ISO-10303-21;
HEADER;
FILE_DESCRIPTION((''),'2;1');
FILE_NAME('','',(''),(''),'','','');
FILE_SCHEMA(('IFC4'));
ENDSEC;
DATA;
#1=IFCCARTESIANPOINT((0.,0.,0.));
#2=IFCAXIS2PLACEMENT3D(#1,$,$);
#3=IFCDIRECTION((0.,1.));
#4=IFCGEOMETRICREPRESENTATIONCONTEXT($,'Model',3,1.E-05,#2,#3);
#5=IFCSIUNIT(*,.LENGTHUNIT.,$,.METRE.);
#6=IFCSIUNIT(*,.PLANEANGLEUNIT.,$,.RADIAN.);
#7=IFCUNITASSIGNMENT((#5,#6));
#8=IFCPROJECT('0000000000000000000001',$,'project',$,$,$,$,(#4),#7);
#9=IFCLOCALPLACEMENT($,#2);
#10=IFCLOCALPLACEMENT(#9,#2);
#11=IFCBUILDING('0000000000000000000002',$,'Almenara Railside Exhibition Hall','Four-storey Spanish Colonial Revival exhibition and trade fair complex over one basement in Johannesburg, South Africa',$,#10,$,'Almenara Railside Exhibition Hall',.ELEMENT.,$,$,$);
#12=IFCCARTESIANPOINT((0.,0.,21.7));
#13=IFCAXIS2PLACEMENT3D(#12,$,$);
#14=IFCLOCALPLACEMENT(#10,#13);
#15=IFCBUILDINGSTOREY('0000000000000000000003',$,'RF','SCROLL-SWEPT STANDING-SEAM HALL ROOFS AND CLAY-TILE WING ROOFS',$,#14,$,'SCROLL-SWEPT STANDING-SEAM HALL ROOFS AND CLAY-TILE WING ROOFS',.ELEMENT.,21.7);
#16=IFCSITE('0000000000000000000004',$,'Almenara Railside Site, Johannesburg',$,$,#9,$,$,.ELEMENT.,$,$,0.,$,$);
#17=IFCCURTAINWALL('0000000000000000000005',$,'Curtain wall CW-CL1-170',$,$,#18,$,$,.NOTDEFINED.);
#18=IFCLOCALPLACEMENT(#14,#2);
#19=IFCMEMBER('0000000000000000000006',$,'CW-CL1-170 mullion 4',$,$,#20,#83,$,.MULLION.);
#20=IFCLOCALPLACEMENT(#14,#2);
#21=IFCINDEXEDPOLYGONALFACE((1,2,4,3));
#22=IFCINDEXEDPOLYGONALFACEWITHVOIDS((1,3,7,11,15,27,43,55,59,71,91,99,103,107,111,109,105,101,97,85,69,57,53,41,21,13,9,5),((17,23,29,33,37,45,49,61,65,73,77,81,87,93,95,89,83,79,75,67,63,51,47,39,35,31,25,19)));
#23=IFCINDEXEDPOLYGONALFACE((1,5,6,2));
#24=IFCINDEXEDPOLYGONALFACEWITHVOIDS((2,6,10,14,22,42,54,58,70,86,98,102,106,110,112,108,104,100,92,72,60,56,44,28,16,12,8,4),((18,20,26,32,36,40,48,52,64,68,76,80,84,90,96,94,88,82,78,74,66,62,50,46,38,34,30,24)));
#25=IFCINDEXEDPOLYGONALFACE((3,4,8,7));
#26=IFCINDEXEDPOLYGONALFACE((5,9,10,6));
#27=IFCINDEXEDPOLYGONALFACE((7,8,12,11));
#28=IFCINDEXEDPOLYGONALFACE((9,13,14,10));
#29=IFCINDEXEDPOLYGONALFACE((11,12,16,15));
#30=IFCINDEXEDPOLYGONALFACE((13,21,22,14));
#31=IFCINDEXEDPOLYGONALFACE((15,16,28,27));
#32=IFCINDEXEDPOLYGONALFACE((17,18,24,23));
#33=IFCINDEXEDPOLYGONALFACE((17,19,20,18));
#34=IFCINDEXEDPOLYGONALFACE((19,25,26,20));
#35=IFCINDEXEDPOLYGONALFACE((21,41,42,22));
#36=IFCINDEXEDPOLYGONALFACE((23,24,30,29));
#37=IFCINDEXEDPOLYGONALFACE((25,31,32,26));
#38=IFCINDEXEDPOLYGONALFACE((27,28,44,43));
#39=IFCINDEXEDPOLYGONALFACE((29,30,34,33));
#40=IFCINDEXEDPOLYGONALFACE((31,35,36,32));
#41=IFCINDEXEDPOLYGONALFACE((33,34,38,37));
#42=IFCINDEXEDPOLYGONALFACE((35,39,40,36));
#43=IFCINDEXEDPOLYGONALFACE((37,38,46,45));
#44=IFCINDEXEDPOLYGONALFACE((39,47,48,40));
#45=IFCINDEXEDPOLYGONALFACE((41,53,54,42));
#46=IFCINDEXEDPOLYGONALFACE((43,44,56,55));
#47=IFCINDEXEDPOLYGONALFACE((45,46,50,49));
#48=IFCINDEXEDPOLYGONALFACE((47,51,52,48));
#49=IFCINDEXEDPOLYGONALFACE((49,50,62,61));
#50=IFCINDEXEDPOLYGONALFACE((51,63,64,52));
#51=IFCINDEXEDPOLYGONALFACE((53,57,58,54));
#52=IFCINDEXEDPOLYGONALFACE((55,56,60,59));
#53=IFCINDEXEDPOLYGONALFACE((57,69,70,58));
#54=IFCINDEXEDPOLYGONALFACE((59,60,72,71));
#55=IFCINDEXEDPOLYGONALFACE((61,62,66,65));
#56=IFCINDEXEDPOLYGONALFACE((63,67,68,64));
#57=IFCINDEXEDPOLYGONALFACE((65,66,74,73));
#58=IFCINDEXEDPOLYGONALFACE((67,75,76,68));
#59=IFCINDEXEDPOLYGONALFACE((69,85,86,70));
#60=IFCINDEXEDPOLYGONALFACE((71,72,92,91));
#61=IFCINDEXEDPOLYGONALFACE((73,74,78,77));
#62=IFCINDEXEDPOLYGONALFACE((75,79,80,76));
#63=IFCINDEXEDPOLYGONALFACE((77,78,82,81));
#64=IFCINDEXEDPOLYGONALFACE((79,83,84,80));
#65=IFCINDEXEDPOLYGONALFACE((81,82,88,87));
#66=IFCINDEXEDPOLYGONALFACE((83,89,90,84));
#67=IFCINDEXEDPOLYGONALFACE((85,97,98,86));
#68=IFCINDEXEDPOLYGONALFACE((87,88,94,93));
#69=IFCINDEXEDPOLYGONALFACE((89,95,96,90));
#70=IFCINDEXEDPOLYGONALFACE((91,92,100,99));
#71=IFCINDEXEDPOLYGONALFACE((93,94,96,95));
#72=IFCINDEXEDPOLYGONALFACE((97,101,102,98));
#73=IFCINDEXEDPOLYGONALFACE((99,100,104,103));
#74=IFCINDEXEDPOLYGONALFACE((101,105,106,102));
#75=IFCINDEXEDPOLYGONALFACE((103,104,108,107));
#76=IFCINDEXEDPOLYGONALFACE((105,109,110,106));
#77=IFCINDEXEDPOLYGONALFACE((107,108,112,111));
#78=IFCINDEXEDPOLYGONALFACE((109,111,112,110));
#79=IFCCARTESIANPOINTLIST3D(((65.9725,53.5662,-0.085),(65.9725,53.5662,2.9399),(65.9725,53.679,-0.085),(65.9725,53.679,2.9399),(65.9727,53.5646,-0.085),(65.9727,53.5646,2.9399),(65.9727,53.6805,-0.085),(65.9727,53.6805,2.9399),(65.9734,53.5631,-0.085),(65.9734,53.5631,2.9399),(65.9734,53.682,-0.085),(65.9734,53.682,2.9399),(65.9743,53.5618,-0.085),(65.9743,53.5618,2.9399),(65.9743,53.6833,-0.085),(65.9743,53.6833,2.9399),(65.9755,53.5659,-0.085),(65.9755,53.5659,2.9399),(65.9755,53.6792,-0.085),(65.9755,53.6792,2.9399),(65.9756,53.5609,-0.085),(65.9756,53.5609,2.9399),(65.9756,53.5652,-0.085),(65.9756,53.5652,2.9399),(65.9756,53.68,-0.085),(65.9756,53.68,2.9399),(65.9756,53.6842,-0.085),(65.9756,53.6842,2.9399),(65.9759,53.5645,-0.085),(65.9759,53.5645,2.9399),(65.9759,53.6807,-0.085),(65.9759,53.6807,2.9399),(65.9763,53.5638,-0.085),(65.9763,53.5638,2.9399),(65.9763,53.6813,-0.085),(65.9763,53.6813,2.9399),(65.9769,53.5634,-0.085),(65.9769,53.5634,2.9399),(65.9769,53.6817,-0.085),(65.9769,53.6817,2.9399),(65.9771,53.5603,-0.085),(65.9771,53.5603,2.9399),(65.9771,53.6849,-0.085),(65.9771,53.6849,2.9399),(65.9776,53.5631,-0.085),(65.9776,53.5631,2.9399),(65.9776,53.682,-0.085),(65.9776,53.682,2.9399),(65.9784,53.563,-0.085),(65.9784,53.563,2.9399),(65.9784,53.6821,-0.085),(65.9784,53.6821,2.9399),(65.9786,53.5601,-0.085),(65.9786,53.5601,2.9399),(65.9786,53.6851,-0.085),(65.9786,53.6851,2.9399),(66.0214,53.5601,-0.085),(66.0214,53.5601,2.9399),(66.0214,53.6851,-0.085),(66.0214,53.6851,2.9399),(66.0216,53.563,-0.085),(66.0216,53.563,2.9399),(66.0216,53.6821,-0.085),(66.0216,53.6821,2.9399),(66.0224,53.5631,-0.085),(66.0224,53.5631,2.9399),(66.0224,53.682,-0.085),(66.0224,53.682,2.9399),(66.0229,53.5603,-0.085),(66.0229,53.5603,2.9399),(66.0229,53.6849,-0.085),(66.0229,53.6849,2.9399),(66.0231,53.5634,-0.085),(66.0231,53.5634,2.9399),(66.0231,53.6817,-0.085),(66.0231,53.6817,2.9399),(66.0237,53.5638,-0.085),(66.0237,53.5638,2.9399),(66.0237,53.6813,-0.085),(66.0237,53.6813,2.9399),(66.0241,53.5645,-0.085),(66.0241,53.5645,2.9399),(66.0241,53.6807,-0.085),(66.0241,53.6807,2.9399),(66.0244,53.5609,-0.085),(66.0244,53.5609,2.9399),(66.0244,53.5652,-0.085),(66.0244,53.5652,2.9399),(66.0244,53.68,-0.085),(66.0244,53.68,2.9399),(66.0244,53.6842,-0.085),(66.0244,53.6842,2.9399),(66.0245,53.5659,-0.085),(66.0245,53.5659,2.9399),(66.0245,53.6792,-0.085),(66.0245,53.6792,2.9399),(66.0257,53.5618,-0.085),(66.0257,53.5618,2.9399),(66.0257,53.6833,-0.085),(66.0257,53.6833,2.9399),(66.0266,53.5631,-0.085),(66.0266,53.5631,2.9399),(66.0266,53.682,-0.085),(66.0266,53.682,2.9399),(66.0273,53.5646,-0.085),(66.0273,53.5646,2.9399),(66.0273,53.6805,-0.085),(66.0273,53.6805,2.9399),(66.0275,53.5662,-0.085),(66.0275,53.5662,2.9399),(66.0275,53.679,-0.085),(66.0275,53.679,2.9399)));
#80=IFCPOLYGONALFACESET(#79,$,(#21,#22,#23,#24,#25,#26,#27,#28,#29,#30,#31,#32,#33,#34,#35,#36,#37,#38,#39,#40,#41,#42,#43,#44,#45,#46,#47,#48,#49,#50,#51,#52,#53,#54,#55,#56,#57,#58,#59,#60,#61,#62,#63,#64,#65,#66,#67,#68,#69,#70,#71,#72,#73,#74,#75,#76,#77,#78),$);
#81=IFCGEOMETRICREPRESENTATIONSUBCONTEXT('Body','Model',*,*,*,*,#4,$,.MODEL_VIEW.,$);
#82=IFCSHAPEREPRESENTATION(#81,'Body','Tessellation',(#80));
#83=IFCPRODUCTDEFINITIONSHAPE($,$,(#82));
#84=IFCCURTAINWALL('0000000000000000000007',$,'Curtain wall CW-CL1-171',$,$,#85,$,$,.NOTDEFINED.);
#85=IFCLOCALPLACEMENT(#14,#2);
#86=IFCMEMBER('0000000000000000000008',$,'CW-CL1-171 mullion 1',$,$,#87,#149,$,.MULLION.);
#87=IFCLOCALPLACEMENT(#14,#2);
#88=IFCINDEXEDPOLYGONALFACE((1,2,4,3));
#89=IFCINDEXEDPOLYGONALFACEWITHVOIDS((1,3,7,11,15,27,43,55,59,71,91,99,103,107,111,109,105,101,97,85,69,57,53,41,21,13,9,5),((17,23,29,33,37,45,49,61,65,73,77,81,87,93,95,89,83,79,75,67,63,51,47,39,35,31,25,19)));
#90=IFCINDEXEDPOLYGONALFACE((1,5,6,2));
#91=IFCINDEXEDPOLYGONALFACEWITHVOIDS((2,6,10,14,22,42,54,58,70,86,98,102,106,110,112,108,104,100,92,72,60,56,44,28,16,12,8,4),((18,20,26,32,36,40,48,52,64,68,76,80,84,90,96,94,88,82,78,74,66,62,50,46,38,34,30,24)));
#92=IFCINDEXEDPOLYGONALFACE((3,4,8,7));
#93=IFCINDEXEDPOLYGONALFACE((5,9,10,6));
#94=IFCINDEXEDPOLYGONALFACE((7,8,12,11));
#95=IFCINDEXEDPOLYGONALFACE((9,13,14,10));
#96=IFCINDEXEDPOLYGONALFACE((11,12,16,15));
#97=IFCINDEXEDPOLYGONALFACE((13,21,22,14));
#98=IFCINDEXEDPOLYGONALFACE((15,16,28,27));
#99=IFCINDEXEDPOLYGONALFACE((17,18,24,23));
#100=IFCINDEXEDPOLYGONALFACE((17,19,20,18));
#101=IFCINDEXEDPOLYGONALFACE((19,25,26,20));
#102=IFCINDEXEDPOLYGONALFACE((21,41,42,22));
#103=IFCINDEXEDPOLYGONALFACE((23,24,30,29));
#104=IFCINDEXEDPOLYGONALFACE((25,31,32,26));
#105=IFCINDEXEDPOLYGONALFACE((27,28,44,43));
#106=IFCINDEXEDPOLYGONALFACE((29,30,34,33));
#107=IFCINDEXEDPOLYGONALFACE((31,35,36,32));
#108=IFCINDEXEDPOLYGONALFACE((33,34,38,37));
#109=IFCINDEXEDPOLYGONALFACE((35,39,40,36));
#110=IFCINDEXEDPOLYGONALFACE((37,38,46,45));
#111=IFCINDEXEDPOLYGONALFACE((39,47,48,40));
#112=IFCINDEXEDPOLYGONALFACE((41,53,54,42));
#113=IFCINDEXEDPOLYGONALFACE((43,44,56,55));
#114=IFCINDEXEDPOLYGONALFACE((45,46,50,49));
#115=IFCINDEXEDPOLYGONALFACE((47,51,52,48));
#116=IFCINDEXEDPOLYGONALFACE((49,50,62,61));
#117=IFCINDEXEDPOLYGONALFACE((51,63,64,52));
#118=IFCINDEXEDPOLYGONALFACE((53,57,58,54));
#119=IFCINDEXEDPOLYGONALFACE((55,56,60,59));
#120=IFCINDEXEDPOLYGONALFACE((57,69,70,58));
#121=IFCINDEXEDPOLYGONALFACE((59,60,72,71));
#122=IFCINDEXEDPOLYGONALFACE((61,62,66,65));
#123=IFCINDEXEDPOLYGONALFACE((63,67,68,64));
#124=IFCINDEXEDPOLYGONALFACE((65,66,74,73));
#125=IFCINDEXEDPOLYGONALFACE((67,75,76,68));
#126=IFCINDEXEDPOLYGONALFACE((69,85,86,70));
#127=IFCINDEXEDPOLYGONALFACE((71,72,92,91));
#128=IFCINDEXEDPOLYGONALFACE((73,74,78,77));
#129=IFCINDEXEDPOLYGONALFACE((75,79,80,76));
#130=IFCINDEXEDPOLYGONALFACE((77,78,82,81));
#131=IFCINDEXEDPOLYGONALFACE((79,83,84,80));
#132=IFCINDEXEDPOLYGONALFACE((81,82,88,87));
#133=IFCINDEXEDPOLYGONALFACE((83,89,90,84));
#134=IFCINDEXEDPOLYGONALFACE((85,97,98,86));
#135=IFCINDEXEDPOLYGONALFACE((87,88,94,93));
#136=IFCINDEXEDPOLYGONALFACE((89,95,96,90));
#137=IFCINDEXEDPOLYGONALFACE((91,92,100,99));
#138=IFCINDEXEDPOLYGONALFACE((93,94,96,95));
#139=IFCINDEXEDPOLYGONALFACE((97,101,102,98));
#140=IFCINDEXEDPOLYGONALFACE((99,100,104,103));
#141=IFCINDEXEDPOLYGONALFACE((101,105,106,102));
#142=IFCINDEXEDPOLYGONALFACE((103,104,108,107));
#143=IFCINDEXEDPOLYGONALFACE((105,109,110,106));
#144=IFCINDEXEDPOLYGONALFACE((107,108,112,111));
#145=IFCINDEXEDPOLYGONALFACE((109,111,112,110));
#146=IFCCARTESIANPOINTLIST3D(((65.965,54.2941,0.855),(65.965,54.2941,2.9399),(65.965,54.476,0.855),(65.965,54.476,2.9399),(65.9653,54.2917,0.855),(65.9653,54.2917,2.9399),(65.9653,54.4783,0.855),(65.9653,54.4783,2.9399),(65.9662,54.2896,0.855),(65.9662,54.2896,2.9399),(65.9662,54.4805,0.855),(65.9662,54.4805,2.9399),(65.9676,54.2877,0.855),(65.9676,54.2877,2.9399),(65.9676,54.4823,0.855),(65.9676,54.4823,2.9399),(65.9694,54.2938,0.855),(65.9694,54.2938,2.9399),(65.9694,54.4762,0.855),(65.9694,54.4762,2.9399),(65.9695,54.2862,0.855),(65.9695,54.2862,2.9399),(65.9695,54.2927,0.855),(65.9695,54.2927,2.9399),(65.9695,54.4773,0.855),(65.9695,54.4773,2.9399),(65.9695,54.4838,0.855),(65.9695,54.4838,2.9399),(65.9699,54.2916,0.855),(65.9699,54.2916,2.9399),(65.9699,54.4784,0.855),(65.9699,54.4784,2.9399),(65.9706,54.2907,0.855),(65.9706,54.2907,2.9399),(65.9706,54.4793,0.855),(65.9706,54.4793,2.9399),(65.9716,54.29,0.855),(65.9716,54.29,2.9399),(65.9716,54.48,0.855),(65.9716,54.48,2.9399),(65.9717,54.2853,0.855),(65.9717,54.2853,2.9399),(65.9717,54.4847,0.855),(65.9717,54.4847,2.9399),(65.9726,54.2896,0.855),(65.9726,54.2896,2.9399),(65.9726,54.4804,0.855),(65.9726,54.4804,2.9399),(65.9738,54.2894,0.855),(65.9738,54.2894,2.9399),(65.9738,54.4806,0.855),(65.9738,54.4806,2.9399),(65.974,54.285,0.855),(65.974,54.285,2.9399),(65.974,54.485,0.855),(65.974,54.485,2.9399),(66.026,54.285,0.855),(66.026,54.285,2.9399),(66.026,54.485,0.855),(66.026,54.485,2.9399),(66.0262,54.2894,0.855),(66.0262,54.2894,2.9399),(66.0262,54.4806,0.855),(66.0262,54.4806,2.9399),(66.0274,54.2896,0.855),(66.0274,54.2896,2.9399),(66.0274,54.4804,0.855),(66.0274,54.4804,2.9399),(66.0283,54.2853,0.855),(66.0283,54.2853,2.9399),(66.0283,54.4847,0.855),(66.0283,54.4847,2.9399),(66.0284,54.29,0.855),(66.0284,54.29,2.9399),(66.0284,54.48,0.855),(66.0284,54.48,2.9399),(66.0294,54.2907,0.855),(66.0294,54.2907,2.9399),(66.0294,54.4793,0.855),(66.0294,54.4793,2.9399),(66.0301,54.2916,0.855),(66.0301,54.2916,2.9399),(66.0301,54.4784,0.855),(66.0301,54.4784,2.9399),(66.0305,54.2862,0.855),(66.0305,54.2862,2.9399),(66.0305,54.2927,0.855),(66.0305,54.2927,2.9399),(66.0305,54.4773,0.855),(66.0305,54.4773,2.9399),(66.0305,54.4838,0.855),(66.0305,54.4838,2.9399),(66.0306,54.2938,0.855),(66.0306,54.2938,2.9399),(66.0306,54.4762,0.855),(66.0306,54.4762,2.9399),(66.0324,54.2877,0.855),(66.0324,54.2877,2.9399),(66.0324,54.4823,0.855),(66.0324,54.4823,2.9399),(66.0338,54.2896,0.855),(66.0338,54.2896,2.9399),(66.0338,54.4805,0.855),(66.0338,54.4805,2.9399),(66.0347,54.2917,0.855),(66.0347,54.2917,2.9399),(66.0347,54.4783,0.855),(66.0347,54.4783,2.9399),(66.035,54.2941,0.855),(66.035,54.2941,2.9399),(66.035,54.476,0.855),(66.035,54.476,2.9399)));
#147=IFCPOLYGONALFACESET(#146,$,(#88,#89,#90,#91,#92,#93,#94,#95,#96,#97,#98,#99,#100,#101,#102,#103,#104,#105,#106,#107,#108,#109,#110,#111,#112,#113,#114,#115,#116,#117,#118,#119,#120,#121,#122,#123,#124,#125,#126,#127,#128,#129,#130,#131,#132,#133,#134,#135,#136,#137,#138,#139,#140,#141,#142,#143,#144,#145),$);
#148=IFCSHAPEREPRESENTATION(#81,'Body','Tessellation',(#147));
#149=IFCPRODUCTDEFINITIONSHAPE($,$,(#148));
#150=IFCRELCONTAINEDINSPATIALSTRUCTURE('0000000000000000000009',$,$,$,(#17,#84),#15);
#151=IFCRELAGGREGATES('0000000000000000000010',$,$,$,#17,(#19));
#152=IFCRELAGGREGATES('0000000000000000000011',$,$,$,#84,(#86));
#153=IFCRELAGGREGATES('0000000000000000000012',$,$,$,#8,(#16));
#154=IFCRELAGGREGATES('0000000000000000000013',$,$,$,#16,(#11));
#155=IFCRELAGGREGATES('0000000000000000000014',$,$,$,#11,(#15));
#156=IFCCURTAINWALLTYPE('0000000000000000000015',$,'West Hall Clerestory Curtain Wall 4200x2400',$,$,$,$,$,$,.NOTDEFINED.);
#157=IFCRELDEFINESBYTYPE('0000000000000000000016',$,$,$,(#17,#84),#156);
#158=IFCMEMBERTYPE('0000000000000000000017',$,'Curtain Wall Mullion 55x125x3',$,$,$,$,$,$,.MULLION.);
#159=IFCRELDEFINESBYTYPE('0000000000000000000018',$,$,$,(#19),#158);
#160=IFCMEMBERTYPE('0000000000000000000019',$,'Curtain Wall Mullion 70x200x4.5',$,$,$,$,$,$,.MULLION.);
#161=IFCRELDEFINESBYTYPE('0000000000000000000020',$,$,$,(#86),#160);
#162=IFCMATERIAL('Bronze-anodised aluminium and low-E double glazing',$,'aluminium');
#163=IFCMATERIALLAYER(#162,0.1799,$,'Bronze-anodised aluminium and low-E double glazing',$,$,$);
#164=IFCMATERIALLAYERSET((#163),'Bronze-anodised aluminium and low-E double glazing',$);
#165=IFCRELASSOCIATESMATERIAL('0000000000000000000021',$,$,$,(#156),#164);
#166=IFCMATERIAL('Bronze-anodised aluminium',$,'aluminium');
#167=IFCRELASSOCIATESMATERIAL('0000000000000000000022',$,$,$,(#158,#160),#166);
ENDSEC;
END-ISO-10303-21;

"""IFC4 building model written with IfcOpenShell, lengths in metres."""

from ifc_helpers import new_model, si_unit, direction, frame, origin, origin_2d, place, context, subcontext, project, spatial, hollow_rectangle, extrude, material, layer, layer_set, material_profile, profile_set, type_object, element, aggregate, save


model = new_model("IFC4")

# Units and contexts
model_context = context("Model", 3, precision=1e-05, world=origin(), true_north=direction((0.0, 1.0)))
body_context = subcontext(model_context, "Body", "Model", "MODEL_VIEW")
ifc_project = project(units=[si_unit("LENGTHUNIT", "METRE"), si_unit("PLANEANGLEUNIT", "RADIAN")], contexts=[model_context])

# Site, building, storey
site_placement = place(None, origin())
site = spatial("IfcSite", under=ifc_project, at=site_placement, Name="Almenara Railside Site, Johannesburg", CompositionType="ELEMENT", RefElevation=0.0)
building_placement = place(site_placement, origin())
building = spatial("IfcBuilding", under=site, at=building_placement, Name="Almenara Railside Exhibition Hall", Description="Four-storey Spanish Colonial Revival exhibition and trade fair complex over one basement in Johannesburg, South Africa", LongName="Almenara Railside Exhibition Hall", CompositionType="ELEMENT")
storey_placement = place(building_placement, frame((0.0, 0.0, 21.7)))
storey = spatial("IfcBuildingStorey", under=building, at=storey_placement, Name="RF", Description="SCROLL-SWEPT STANDING-SEAM HALL ROOFS AND CLAY-TILE WING ROOFS", LongName="SCROLL-SWEPT STANDING-SEAM HALL ROOFS AND CLAY-TILE WING ROOFS", CompositionType="ELEMENT", Elevation=21.7)

# Curtain walls, members
ifc_material_1 = material(Name="Bronze-anodised aluminium and low-E double glazing", Category="aluminium")
ifc_layer_1 = layer(ifc_material_1, 0.1799, Name="Bronze-anodised aluminium and low-E double glazing")
ifc_layer_set_1 = layer_set([ifc_layer_1], Name="Bronze-anodised aluminium and low-E double glazing")
curtain_wall_type = type_object("IfcCurtainWallType", Name="West Hall Clerestory Curtain Wall 4200x2400", PredefinedType="NOTDEFINED", material=ifc_layer_set_1)
curtain_wall_1_placement = place(storey_placement, origin())
curtain_wall_1 = element("IfcCurtainWall", 1, at=curtain_wall_1_placement, inside=storey, type_object=curtain_wall_type, Name="Curtain wall CW-CL1-170", PredefinedType="NOTDEFINED")
ifc_material_2 = material(Name="Bronze-anodised aluminium", Category="aluminium")
ifc_material_profile_1 = material_profile(ifc_material_2, hollow_rectangle(XDim=0.0549, YDim=0.125, WallThickness=0.0029, InnerFilletRadius=0.0029, OuterFilletRadius=0.0061, at=origin_2d()), Name="ALU-MUL 55x125x3")
ifc_profile_set_1 = profile_set([ifc_material_profile_1], Name="Bronze-anodised aluminium")
member_type_1 = type_object("IfcMemberType", Name="Curtain Wall Mullion 55x125x3", PredefinedType="MULLION", material=ifc_profile_set_1)
member_1_placement = place(storey_placement, frame((66.0, 53.6226, -0.085), z_axis=(0.0, 0.0, 1.0), x_axis=(-1.0, 0.0, 0.0)))
member_1 = element("IfcMember", 2, at=member_1_placement, type_object=member_type_1, Name="CW-CL1-170 mullion 4", PredefinedType="MULLION", context=body_context, shape_type="SweptSolid", body=[
    extrude(hollow_rectangle(XDim=0.0549, YDim=0.125, WallThickness=0.0029, InnerFilletRadius=0.0029, OuterFilletRadius=0.0061, at=origin_2d()), origin(), (0.0, 0.0, 1.0), 3.0249),
])
curtain_wall_2_placement = place(storey_placement, origin())
curtain_wall_2 = element("IfcCurtainWall", 3, at=curtain_wall_2_placement, inside=storey, type_object=curtain_wall_type, Name="Curtain wall CW-CL1-171", PredefinedType="NOTDEFINED")
ifc_material_profile_2 = material_profile(ifc_material_2, hollow_rectangle(XDim=0.0701, YDim=0.2, WallThickness=0.0044, InnerFilletRadius=0.0044, OuterFilletRadius=0.009, at=origin_2d()), Name="ALU-MUL 70x200x4.5")
ifc_profile_set_2 = profile_set([ifc_material_profile_2], Name="Bronze-anodised aluminium")
member_type_2 = type_object("IfcMemberType", Name="Curtain Wall Mullion 70x200x4.5", PredefinedType="MULLION", material=ifc_profile_set_2)
member_2_placement = place(storey_placement, frame((66.0, 54.385, 0.855), z_axis=(0.0, 0.0, 1.0), x_axis=(-1.0, 0.0, 0.0)))
member_2 = element("IfcMember", 4, at=member_2_placement, type_object=member_type_2, Name="CW-CL1-171 mullion 1", PredefinedType="MULLION", context=body_context, shape_type="SweptSolid", body=[
    extrude(hollow_rectangle(XDim=0.0701, YDim=0.2, WallThickness=0.0044, InnerFilletRadius=0.0044, OuterFilletRadius=0.009, at=origin_2d()), origin(), (0.0, 0.0, 1.0), 2.085),
])

aggregate(curtain_wall_1, [member_1])
aggregate(curtain_wall_2, [member_2])

save(model, "model.ifc")
